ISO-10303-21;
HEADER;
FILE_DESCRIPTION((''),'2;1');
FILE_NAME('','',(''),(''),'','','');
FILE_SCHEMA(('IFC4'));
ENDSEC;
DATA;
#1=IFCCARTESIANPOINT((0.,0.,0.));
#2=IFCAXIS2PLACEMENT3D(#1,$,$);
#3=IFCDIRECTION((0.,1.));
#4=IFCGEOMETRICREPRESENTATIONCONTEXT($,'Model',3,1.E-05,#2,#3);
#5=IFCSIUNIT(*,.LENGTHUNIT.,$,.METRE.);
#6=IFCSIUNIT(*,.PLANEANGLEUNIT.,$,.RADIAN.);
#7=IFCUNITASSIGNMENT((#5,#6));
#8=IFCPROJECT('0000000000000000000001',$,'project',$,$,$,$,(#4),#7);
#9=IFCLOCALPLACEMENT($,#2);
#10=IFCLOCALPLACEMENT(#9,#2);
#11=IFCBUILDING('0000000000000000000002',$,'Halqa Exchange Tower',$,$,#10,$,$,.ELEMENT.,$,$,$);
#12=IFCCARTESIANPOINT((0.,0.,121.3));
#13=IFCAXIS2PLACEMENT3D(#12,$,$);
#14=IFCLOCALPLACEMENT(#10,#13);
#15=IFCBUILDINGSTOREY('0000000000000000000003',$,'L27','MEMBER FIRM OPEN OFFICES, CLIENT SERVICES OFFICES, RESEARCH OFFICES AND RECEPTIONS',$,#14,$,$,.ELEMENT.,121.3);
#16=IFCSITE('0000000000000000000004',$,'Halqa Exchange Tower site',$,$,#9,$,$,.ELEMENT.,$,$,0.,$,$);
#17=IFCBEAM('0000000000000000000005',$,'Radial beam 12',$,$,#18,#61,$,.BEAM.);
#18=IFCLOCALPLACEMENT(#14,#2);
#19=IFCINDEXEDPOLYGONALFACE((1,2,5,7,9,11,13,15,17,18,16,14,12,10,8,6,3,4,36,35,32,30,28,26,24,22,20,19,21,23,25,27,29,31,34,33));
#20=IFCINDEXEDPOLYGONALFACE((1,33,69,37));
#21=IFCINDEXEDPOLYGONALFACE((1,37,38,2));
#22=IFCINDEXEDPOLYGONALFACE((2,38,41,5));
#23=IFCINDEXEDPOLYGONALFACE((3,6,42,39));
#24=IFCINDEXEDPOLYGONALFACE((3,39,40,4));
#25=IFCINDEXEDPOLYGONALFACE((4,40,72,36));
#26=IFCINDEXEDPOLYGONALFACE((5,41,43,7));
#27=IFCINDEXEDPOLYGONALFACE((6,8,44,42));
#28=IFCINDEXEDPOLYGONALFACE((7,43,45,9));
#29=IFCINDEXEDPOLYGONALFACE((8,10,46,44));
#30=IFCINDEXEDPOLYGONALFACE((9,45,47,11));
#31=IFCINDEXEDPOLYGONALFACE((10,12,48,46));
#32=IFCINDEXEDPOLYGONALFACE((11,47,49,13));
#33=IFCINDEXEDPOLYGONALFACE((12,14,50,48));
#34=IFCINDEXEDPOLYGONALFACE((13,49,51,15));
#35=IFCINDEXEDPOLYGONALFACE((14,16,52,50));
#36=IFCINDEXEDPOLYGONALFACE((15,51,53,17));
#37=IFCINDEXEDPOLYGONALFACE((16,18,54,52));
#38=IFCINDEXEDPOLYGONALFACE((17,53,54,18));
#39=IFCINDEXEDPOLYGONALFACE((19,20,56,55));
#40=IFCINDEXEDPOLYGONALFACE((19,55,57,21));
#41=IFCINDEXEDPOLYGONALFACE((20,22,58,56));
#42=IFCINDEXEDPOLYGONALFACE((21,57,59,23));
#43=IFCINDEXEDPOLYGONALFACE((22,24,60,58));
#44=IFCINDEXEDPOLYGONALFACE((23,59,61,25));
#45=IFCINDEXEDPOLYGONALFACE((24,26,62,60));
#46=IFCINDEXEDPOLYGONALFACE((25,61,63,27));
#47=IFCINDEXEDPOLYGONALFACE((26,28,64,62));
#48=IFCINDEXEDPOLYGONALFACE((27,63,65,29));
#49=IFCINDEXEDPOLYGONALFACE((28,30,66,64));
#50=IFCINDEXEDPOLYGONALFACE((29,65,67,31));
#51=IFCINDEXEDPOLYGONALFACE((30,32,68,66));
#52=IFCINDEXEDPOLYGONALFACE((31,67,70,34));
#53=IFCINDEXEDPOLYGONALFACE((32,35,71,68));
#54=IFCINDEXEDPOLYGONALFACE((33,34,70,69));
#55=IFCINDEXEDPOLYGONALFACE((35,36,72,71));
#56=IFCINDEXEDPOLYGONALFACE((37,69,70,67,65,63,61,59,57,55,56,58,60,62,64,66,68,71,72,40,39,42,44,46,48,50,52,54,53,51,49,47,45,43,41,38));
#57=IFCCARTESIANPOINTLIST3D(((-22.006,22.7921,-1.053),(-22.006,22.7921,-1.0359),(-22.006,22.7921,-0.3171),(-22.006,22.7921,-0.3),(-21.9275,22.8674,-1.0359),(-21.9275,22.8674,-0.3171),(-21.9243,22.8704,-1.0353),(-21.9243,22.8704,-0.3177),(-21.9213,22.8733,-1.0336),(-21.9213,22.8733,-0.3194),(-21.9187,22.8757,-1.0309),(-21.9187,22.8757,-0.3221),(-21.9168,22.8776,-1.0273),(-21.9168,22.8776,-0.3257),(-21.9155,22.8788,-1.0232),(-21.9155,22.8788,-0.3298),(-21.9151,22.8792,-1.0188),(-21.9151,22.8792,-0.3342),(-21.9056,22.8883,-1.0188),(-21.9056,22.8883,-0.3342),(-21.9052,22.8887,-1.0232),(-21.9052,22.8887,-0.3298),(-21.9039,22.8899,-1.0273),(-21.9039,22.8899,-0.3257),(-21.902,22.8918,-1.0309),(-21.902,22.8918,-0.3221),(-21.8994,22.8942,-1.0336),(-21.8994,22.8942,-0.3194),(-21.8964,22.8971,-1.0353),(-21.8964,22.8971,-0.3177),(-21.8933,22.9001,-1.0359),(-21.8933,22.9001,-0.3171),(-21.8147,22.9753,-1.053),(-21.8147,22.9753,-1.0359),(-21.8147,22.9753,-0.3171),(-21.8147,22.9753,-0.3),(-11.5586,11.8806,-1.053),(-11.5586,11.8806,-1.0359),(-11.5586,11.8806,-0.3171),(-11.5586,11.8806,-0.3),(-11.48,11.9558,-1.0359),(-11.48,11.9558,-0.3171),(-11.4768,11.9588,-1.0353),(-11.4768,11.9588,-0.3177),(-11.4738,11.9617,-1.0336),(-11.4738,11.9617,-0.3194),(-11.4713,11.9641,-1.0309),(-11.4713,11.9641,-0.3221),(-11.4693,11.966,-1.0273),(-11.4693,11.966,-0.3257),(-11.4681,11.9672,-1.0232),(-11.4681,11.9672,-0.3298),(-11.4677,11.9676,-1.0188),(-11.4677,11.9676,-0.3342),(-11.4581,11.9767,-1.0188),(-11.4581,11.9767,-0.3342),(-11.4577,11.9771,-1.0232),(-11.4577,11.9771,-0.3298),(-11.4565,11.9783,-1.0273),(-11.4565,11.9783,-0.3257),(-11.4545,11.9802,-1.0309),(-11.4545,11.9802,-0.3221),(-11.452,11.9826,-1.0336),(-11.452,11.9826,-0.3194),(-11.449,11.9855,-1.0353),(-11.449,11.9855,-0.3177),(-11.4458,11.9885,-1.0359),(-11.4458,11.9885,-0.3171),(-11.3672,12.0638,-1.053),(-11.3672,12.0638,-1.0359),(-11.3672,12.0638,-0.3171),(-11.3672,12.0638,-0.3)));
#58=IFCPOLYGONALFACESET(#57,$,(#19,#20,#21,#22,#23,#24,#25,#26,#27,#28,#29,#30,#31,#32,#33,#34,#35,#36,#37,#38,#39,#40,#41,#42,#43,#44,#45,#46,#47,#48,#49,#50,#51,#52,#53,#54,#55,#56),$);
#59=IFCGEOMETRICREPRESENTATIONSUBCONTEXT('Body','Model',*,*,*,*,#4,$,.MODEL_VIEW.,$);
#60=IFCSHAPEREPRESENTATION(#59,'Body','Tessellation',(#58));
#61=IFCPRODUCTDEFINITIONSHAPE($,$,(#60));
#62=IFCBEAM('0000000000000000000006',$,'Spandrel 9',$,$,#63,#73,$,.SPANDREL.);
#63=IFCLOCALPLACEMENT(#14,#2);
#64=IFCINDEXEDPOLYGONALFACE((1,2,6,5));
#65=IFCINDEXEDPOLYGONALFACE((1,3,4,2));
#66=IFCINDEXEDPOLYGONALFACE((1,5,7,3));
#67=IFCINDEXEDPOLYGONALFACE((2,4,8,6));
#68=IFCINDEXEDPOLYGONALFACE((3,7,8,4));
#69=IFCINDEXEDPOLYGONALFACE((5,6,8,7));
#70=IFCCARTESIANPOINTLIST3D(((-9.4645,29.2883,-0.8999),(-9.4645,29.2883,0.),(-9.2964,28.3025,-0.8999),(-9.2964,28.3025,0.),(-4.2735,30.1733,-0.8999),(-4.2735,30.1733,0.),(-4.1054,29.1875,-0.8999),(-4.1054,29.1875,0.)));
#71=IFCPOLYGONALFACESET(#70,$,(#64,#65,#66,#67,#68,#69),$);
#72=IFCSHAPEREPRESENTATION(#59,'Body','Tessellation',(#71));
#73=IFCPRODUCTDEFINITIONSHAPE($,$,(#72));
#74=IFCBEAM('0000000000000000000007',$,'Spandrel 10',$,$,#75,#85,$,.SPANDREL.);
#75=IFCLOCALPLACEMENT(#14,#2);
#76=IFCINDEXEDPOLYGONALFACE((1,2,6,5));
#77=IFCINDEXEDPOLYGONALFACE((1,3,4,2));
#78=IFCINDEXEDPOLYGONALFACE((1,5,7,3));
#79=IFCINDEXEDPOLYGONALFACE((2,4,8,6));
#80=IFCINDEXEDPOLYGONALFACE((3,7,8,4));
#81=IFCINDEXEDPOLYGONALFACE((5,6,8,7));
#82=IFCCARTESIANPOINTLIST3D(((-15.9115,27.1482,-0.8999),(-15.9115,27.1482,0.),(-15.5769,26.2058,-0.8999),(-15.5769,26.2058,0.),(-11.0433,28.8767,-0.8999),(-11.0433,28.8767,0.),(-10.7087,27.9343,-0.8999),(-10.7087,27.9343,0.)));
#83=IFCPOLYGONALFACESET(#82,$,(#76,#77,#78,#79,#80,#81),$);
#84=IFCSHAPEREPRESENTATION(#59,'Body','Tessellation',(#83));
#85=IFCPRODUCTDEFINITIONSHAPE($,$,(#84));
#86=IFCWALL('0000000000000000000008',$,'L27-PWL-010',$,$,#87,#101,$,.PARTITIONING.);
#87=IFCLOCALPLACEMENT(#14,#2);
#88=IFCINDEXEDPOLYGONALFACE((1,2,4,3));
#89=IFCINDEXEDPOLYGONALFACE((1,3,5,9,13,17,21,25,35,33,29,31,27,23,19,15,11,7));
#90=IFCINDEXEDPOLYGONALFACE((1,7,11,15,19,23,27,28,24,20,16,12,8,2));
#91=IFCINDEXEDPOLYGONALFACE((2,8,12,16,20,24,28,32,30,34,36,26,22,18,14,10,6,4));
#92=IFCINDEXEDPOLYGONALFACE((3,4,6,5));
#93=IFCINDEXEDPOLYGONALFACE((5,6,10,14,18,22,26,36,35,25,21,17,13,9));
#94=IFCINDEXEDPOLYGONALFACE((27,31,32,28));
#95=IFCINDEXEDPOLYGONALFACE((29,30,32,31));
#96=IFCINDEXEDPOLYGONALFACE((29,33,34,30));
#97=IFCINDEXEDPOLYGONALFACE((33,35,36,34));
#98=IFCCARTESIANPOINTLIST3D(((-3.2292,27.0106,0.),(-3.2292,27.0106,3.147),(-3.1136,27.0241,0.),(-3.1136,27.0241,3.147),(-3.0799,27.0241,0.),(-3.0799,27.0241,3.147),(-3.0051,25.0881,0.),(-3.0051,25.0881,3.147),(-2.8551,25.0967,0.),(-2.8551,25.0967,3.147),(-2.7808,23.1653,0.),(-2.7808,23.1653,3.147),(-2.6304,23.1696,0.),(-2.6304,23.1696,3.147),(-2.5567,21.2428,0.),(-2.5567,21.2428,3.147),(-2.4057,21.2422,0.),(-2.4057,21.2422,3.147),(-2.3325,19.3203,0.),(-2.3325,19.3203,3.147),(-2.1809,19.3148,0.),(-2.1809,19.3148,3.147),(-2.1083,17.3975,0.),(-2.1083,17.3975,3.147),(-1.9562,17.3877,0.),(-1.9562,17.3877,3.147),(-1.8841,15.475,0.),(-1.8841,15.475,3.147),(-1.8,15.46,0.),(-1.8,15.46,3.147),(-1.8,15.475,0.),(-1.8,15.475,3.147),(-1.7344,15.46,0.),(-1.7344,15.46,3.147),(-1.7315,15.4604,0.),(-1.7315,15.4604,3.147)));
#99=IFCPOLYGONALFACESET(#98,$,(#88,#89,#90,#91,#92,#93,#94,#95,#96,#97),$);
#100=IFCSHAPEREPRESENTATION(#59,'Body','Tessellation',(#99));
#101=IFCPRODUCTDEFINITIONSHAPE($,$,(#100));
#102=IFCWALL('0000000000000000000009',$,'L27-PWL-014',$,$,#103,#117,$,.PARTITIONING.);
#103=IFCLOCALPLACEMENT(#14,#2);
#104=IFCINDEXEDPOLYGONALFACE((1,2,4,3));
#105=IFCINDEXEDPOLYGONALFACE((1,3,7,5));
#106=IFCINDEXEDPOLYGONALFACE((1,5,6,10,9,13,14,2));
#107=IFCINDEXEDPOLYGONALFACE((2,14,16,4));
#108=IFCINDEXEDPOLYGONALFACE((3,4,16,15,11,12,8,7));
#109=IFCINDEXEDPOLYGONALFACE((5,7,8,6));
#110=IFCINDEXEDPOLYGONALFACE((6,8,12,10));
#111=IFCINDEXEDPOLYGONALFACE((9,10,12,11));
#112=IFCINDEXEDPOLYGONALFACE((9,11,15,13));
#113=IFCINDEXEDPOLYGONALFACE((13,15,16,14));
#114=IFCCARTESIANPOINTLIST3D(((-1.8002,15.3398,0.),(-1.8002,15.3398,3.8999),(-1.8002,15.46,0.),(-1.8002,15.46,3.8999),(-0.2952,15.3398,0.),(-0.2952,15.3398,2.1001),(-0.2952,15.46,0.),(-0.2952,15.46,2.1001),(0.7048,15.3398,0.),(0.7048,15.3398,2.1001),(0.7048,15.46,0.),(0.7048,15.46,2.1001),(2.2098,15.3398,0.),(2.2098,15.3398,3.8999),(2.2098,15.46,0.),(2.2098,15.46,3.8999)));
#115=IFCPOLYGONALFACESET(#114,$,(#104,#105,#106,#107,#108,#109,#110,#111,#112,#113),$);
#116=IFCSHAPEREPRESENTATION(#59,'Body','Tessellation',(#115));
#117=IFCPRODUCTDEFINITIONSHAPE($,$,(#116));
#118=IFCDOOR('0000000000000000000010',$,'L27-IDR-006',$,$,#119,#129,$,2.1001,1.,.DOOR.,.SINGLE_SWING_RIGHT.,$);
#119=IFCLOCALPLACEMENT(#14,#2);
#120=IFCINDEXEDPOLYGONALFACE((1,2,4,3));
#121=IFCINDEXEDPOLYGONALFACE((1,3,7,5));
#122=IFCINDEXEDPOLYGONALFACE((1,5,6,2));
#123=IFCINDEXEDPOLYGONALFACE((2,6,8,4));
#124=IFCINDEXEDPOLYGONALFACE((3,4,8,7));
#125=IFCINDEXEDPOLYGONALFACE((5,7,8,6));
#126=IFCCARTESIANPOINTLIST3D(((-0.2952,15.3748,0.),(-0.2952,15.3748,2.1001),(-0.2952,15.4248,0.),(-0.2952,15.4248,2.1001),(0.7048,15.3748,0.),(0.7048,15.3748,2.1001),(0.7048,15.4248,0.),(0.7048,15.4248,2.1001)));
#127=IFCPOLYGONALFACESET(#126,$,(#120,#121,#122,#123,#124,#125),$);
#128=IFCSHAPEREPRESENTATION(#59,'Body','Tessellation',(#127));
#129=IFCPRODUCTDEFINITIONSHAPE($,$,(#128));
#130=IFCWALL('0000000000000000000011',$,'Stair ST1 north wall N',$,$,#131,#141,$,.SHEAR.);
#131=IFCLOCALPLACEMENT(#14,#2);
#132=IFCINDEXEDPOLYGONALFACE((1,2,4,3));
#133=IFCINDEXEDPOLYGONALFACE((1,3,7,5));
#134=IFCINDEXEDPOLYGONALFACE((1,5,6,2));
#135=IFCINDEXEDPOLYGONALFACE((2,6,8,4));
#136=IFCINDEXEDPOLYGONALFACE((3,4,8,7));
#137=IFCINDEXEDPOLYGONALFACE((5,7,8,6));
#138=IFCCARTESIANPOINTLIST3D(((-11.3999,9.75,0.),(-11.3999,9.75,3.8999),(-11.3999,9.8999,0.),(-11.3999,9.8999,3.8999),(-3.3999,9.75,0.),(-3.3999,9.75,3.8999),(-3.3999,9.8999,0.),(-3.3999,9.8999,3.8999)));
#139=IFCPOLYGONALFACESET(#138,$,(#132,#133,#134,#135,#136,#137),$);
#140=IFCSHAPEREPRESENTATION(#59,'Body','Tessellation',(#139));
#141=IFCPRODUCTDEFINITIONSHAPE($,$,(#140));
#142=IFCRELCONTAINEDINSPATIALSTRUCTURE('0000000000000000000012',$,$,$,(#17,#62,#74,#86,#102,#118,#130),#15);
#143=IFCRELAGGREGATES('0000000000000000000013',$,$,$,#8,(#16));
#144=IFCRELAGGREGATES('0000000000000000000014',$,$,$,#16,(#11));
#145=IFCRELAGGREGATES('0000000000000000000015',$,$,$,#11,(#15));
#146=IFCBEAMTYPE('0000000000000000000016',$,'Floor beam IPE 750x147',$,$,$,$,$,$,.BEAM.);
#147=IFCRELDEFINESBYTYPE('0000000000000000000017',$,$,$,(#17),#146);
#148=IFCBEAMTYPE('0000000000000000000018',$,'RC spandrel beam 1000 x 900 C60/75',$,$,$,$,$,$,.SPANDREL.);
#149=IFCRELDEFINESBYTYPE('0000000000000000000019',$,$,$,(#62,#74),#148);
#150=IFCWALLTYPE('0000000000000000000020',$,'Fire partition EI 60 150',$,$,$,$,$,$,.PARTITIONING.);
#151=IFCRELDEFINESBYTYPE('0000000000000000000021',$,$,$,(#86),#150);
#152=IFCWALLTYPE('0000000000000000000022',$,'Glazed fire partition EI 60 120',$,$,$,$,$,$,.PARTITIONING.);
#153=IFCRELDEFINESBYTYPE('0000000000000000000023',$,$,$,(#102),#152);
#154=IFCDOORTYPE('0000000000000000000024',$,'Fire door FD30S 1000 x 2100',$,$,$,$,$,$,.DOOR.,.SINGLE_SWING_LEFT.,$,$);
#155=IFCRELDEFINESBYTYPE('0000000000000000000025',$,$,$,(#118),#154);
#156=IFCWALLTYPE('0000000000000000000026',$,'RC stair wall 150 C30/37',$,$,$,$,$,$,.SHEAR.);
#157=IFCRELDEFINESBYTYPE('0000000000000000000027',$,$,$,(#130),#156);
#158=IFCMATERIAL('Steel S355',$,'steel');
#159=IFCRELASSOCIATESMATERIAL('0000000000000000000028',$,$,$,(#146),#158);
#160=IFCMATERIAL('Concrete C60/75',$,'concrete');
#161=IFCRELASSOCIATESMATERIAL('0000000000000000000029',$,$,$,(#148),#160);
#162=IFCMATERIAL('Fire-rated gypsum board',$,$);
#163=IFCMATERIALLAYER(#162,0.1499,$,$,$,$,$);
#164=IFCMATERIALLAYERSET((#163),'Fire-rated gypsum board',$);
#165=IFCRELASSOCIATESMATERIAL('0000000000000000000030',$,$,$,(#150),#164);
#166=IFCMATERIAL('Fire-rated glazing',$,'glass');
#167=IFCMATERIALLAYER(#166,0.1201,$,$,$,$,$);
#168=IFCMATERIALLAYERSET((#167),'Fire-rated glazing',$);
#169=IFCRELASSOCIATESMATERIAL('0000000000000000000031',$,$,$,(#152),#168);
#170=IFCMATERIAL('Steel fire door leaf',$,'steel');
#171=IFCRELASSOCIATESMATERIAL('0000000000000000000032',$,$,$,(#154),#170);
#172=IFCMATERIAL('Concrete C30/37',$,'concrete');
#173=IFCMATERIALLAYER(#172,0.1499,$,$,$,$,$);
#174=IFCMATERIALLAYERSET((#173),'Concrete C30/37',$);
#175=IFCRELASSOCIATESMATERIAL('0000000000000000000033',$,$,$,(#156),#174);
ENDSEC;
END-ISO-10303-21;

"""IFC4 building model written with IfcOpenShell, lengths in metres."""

from ifc_helpers import new_model, si_unit, direction, frame, frame_2d, origin, origin_2d, place, context, subcontext, project, spatial, polyline, rectangle, i_section, outline, extrude, material, layer, layer_set, material_profile, profile_set, type_object, element, fill, save


model = new_model("IFC4")

# Units and contexts
model_context = context("Model", 3, precision=1e-05, world=origin(), true_north=direction((0.0, 1.0)))
body_context = subcontext(model_context, "Body", "Model", "MODEL_VIEW")
ifc_project = project(units=[si_unit("LENGTHUNIT", "METRE"), si_unit("PLANEANGLEUNIT", "RADIAN")], contexts=[model_context])

# Site, building, storey
site_placement = place(None, origin())
site = spatial("IfcSite", under=ifc_project, at=site_placement, Name="Halqa Exchange Tower site", CompositionType="ELEMENT", RefElevation=0.0)
building_placement = place(site_placement, origin())
building = spatial("IfcBuilding", under=site, at=building_placement, Name="Halqa Exchange Tower", CompositionType="ELEMENT")
storey_placement = place(building_placement, frame((0.0, 0.0, 121.3)))
storey = spatial("IfcBuildingStorey", under=building, at=storey_placement, Name="L27", Description="MEMBER FIRM OPEN OFFICES, CLIENT SERVICES OFFICES, RESEARCH OFFICES AND RECEPTIONS", CompositionType="ELEMENT", Elevation=121.3)

# Beams
ifc_material_1 = material(Name="Steel S355", Category="steel")
ifc_material_profile_1 = material_profile(ifc_material_1, i_section(OverallWidth=0.2649, OverallDepth=0.7529, WebThickness=0.0132, FlangeThickness=0.0171, FilletRadius=0.0171, at=origin_2d()), Name="IPE 750x147")
ifc_profile_set_1 = profile_set([ifc_material_profile_1], Name="Steel S355")
beam_type_1 = type_object("IfcBeamType", Name="Floor beam IPE 750x147", PredefinedType="BEAM", material=ifc_profile_set_1)
beam_1_placement = place(storey_placement, frame((-11.4629, 11.9722, -0.6765), z_axis=(-0.691579, 0.722301, 0.0), x_axis=(-0.722301, -0.691579, 0.0)))
element("IfcBeam", 1, at=beam_1_placement, inside=storey, type_object=beam_type_1, Name="Radial beam 12", PredefinedType="BEAM", context=body_context, shape_type="SweptSolid", body=[
    extrude(i_section(OverallWidth=0.2649, OverallDepth=0.7529, WebThickness=0.0132, FlangeThickness=0.0171, FilletRadius=0.0171, at=origin_2d()), origin(), (0.0, 0.0, 1.0), 15.1067),
])
ifc_material_2 = material(Name="Concrete C60/75", Category="concrete")
ifc_material_profile_2 = material_profile(ifc_material_2, rectangle(XDim=1.0, YDim=0.8999, at=origin_2d()), Name="1000 x 900")
ifc_profile_set_2 = profile_set([ifc_material_profile_2], Name="Concrete C60/75")
beam_type_2 = type_object("IfcBeamType", Name="RC spandrel beam 1000 x 900 C60/75", PredefinedType="SPANDREL", material=ifc_profile_set_2)
beam_2_placement = place(storey_placement, frame((-4.1895, 29.6804, -0.45), z_axis=(-0.985776, -0.168067, 0.0), x_axis=(0.168067, -0.985776, 0.0)))
element("IfcBeam", 2, at=beam_2_placement, inside=storey, type_object=beam_type_2, Name="Spandrel 9", PredefinedType="SPANDREL", context=body_context, shape_type="SweptSolid", body=[
    extrude(rectangle(XDim=1.0, YDim=0.8999, at=origin_2d()), origin(), (0.0, 0.0, 1.0), 5.2659),
])
beam_3_placement = place(storey_placement, frame((-10.876, 28.4055, -0.45), z_axis=(-0.94236, -0.334599, 0.0), x_axis=(0.334599, -0.94236, 0.0)))
element("IfcBeam", 3, at=beam_3_placement, inside=storey, type_object=beam_type_2, Name="Spandrel 10", PredefinedType="SPANDREL", context=body_context, shape_type="SweptSolid", body=[
    extrude(rectangle(XDim=1.0, YDim=0.8999, at=origin_2d()), origin(), (0.0, 0.0, 1.0), 5.166),
])

# Wall
ifc_material_3 = material(Name="Fire-rated gypsum board")
ifc_layer_1 = layer(ifc_material_3, 0.1499)
ifc_layer_set_1 = layer_set([ifc_layer_1], Name="Fire-rated gypsum board")
wall_type_1 = type_object("IfcWallType", Name="Fire partition EI 60 150", PredefinedType="PARTITIONING", material=ifc_layer_set_1)
wall_1_placement = place(storey_placement, frame((-3.1548, 27.0193, 0.0), z_axis=(0.0, 0.0, 1.0), x_axis=(0.115823, -0.99327, 0.0)))
element("IfcWall", 4, at=wall_1_placement, inside=storey, type_object=wall_type_1, Name="L27-PWL-010", PredefinedType="PARTITIONING", context=body_context, shape_type="SweptSolid", body=[
    extrude(outline(polyline([(0.0, -0.075), (1.9355, -0.075), (3.8713, -0.075), (5.8069, -0.075), (7.7424, -0.075), (9.6782, -0.075), (11.6138, -0.075), (11.6235, 0.0085), (11.6384, 0.0068), (11.646, 0.072), (11.646, 0.075), (9.7056, 0.075), (7.7654, 0.075), (5.825, 0.075), (3.8845, 0.075), (1.9443, 0.075), (0.0039, 0.075), (0.0, 0.0415), (0.0, -0.075)])), origin(), (0.0, 0.0, 1.0), 3.147),
])

# Wall, opening, door
ifc_material_4 = material(Name="Fire-rated glazing", Category="glass")
ifc_layer_2 = layer(ifc_material_4, 0.1201)
ifc_layer_set_2 = layer_set([ifc_layer_2], Name="Fire-rated glazing")
wall_type_2 = type_object("IfcWallType", Name="Glazed fire partition EI 60 120", PredefinedType="PARTITIONING", material=ifc_layer_set_2)
wall_2_placement = place(storey_placement, frame((-1.8, 15.3999, 0.0), z_axis=(0.0, 0.0, 1.0), x_axis=(1.0, 0.0, 0.0)))
wall_2 = element("IfcWall", 5, at=wall_2_placement, inside=storey, type_object=wall_type_2, Name="L27-PWL-014", PredefinedType="PARTITIONING", context=body_context, shape_type="SweptSolid", body=[
    extrude(rectangle(XDim=4.01, YDim=0.1201, at=frame_2d((2.0049, 0.0))), origin(), (0.0, 0.0, 1.0), 3.8999),
])
opening_1_placement = place(wall_2_placement, frame((1.5049, 0.0, 0.0)))
opening_1 = element("IfcOpeningElement", 6, at=opening_1_placement, cuts=wall_2, PredefinedType="OPENING", context=body_context, shape_type="SweptSolid", body=[
    extrude(rectangle(XDim=1.0, YDim=2.1001, at=frame_2d((0.5, 1.05))), frame((0.0, 0.072, 0.0), z_axis=(0.0, -1.0, 0.0), x_axis=(1.0, 0.0, 0.0)), (0.0, 0.0, 1.0), 0.144),
])
ifc_material_5 = material(Name="Steel fire door leaf", Category="steel")
door_type_1 = type_object("IfcDoorType", Name="Fire door FD30S 1000 x 2100", OperationType="SINGLE_SWING_LEFT", PredefinedType="DOOR", material=ifc_material_5)
door_1_placement = place(opening_1_placement, origin())
door_1 = element("IfcDoor", 7, at=door_1_placement, inside=storey, type_object=door_type_1, Name="L27-IDR-006", OperationType="SINGLE_SWING_RIGHT", OverallHeight=2.1001, OverallWidth=1.0, PredefinedType="DOOR", context=body_context, shape_type="SweptSolid", body=[
    extrude(rectangle(XDim=1.0, YDim=2.1001, at=frame_2d((0.5, 1.05))), frame((0.0, 0.0249, 0.0), z_axis=(0.0, -1.0, 0.0), x_axis=(1.0, 0.0, 0.0)), (0.0, 0.0, 1.0), 0.05),
])
fill(opening_1, door_1)

# Wall
ifc_material_6 = material(Name="Concrete C30/37", Category="concrete")
ifc_layer_3 = layer(ifc_material_6, 0.1499)
ifc_layer_set_3 = layer_set([ifc_layer_3], Name="Concrete C30/37")
wall_type_3 = type_object("IfcWallType", Name="RC stair wall 150 C30/37", PredefinedType="SHEAR", material=ifc_layer_set_3)
wall_3_placement = place(storey_placement, frame((-11.3999, 9.825, 0.0), z_axis=(0.0, 0.0, 1.0), x_axis=(1.0, 0.0, 0.0)))
element("IfcWall", 8, at=wall_3_placement, inside=storey, type_object=wall_type_3, Name="Stair ST1 north wall N", PredefinedType="SHEAR", context=body_context, shape_type="SweptSolid", body=[
    extrude(rectangle(XDim=8.0, YDim=0.1499, at=frame_2d((4.0, 0.0))), origin(), (0.0, 0.0, 1.0), 3.8999),
])

save(model, "model.ifc")
